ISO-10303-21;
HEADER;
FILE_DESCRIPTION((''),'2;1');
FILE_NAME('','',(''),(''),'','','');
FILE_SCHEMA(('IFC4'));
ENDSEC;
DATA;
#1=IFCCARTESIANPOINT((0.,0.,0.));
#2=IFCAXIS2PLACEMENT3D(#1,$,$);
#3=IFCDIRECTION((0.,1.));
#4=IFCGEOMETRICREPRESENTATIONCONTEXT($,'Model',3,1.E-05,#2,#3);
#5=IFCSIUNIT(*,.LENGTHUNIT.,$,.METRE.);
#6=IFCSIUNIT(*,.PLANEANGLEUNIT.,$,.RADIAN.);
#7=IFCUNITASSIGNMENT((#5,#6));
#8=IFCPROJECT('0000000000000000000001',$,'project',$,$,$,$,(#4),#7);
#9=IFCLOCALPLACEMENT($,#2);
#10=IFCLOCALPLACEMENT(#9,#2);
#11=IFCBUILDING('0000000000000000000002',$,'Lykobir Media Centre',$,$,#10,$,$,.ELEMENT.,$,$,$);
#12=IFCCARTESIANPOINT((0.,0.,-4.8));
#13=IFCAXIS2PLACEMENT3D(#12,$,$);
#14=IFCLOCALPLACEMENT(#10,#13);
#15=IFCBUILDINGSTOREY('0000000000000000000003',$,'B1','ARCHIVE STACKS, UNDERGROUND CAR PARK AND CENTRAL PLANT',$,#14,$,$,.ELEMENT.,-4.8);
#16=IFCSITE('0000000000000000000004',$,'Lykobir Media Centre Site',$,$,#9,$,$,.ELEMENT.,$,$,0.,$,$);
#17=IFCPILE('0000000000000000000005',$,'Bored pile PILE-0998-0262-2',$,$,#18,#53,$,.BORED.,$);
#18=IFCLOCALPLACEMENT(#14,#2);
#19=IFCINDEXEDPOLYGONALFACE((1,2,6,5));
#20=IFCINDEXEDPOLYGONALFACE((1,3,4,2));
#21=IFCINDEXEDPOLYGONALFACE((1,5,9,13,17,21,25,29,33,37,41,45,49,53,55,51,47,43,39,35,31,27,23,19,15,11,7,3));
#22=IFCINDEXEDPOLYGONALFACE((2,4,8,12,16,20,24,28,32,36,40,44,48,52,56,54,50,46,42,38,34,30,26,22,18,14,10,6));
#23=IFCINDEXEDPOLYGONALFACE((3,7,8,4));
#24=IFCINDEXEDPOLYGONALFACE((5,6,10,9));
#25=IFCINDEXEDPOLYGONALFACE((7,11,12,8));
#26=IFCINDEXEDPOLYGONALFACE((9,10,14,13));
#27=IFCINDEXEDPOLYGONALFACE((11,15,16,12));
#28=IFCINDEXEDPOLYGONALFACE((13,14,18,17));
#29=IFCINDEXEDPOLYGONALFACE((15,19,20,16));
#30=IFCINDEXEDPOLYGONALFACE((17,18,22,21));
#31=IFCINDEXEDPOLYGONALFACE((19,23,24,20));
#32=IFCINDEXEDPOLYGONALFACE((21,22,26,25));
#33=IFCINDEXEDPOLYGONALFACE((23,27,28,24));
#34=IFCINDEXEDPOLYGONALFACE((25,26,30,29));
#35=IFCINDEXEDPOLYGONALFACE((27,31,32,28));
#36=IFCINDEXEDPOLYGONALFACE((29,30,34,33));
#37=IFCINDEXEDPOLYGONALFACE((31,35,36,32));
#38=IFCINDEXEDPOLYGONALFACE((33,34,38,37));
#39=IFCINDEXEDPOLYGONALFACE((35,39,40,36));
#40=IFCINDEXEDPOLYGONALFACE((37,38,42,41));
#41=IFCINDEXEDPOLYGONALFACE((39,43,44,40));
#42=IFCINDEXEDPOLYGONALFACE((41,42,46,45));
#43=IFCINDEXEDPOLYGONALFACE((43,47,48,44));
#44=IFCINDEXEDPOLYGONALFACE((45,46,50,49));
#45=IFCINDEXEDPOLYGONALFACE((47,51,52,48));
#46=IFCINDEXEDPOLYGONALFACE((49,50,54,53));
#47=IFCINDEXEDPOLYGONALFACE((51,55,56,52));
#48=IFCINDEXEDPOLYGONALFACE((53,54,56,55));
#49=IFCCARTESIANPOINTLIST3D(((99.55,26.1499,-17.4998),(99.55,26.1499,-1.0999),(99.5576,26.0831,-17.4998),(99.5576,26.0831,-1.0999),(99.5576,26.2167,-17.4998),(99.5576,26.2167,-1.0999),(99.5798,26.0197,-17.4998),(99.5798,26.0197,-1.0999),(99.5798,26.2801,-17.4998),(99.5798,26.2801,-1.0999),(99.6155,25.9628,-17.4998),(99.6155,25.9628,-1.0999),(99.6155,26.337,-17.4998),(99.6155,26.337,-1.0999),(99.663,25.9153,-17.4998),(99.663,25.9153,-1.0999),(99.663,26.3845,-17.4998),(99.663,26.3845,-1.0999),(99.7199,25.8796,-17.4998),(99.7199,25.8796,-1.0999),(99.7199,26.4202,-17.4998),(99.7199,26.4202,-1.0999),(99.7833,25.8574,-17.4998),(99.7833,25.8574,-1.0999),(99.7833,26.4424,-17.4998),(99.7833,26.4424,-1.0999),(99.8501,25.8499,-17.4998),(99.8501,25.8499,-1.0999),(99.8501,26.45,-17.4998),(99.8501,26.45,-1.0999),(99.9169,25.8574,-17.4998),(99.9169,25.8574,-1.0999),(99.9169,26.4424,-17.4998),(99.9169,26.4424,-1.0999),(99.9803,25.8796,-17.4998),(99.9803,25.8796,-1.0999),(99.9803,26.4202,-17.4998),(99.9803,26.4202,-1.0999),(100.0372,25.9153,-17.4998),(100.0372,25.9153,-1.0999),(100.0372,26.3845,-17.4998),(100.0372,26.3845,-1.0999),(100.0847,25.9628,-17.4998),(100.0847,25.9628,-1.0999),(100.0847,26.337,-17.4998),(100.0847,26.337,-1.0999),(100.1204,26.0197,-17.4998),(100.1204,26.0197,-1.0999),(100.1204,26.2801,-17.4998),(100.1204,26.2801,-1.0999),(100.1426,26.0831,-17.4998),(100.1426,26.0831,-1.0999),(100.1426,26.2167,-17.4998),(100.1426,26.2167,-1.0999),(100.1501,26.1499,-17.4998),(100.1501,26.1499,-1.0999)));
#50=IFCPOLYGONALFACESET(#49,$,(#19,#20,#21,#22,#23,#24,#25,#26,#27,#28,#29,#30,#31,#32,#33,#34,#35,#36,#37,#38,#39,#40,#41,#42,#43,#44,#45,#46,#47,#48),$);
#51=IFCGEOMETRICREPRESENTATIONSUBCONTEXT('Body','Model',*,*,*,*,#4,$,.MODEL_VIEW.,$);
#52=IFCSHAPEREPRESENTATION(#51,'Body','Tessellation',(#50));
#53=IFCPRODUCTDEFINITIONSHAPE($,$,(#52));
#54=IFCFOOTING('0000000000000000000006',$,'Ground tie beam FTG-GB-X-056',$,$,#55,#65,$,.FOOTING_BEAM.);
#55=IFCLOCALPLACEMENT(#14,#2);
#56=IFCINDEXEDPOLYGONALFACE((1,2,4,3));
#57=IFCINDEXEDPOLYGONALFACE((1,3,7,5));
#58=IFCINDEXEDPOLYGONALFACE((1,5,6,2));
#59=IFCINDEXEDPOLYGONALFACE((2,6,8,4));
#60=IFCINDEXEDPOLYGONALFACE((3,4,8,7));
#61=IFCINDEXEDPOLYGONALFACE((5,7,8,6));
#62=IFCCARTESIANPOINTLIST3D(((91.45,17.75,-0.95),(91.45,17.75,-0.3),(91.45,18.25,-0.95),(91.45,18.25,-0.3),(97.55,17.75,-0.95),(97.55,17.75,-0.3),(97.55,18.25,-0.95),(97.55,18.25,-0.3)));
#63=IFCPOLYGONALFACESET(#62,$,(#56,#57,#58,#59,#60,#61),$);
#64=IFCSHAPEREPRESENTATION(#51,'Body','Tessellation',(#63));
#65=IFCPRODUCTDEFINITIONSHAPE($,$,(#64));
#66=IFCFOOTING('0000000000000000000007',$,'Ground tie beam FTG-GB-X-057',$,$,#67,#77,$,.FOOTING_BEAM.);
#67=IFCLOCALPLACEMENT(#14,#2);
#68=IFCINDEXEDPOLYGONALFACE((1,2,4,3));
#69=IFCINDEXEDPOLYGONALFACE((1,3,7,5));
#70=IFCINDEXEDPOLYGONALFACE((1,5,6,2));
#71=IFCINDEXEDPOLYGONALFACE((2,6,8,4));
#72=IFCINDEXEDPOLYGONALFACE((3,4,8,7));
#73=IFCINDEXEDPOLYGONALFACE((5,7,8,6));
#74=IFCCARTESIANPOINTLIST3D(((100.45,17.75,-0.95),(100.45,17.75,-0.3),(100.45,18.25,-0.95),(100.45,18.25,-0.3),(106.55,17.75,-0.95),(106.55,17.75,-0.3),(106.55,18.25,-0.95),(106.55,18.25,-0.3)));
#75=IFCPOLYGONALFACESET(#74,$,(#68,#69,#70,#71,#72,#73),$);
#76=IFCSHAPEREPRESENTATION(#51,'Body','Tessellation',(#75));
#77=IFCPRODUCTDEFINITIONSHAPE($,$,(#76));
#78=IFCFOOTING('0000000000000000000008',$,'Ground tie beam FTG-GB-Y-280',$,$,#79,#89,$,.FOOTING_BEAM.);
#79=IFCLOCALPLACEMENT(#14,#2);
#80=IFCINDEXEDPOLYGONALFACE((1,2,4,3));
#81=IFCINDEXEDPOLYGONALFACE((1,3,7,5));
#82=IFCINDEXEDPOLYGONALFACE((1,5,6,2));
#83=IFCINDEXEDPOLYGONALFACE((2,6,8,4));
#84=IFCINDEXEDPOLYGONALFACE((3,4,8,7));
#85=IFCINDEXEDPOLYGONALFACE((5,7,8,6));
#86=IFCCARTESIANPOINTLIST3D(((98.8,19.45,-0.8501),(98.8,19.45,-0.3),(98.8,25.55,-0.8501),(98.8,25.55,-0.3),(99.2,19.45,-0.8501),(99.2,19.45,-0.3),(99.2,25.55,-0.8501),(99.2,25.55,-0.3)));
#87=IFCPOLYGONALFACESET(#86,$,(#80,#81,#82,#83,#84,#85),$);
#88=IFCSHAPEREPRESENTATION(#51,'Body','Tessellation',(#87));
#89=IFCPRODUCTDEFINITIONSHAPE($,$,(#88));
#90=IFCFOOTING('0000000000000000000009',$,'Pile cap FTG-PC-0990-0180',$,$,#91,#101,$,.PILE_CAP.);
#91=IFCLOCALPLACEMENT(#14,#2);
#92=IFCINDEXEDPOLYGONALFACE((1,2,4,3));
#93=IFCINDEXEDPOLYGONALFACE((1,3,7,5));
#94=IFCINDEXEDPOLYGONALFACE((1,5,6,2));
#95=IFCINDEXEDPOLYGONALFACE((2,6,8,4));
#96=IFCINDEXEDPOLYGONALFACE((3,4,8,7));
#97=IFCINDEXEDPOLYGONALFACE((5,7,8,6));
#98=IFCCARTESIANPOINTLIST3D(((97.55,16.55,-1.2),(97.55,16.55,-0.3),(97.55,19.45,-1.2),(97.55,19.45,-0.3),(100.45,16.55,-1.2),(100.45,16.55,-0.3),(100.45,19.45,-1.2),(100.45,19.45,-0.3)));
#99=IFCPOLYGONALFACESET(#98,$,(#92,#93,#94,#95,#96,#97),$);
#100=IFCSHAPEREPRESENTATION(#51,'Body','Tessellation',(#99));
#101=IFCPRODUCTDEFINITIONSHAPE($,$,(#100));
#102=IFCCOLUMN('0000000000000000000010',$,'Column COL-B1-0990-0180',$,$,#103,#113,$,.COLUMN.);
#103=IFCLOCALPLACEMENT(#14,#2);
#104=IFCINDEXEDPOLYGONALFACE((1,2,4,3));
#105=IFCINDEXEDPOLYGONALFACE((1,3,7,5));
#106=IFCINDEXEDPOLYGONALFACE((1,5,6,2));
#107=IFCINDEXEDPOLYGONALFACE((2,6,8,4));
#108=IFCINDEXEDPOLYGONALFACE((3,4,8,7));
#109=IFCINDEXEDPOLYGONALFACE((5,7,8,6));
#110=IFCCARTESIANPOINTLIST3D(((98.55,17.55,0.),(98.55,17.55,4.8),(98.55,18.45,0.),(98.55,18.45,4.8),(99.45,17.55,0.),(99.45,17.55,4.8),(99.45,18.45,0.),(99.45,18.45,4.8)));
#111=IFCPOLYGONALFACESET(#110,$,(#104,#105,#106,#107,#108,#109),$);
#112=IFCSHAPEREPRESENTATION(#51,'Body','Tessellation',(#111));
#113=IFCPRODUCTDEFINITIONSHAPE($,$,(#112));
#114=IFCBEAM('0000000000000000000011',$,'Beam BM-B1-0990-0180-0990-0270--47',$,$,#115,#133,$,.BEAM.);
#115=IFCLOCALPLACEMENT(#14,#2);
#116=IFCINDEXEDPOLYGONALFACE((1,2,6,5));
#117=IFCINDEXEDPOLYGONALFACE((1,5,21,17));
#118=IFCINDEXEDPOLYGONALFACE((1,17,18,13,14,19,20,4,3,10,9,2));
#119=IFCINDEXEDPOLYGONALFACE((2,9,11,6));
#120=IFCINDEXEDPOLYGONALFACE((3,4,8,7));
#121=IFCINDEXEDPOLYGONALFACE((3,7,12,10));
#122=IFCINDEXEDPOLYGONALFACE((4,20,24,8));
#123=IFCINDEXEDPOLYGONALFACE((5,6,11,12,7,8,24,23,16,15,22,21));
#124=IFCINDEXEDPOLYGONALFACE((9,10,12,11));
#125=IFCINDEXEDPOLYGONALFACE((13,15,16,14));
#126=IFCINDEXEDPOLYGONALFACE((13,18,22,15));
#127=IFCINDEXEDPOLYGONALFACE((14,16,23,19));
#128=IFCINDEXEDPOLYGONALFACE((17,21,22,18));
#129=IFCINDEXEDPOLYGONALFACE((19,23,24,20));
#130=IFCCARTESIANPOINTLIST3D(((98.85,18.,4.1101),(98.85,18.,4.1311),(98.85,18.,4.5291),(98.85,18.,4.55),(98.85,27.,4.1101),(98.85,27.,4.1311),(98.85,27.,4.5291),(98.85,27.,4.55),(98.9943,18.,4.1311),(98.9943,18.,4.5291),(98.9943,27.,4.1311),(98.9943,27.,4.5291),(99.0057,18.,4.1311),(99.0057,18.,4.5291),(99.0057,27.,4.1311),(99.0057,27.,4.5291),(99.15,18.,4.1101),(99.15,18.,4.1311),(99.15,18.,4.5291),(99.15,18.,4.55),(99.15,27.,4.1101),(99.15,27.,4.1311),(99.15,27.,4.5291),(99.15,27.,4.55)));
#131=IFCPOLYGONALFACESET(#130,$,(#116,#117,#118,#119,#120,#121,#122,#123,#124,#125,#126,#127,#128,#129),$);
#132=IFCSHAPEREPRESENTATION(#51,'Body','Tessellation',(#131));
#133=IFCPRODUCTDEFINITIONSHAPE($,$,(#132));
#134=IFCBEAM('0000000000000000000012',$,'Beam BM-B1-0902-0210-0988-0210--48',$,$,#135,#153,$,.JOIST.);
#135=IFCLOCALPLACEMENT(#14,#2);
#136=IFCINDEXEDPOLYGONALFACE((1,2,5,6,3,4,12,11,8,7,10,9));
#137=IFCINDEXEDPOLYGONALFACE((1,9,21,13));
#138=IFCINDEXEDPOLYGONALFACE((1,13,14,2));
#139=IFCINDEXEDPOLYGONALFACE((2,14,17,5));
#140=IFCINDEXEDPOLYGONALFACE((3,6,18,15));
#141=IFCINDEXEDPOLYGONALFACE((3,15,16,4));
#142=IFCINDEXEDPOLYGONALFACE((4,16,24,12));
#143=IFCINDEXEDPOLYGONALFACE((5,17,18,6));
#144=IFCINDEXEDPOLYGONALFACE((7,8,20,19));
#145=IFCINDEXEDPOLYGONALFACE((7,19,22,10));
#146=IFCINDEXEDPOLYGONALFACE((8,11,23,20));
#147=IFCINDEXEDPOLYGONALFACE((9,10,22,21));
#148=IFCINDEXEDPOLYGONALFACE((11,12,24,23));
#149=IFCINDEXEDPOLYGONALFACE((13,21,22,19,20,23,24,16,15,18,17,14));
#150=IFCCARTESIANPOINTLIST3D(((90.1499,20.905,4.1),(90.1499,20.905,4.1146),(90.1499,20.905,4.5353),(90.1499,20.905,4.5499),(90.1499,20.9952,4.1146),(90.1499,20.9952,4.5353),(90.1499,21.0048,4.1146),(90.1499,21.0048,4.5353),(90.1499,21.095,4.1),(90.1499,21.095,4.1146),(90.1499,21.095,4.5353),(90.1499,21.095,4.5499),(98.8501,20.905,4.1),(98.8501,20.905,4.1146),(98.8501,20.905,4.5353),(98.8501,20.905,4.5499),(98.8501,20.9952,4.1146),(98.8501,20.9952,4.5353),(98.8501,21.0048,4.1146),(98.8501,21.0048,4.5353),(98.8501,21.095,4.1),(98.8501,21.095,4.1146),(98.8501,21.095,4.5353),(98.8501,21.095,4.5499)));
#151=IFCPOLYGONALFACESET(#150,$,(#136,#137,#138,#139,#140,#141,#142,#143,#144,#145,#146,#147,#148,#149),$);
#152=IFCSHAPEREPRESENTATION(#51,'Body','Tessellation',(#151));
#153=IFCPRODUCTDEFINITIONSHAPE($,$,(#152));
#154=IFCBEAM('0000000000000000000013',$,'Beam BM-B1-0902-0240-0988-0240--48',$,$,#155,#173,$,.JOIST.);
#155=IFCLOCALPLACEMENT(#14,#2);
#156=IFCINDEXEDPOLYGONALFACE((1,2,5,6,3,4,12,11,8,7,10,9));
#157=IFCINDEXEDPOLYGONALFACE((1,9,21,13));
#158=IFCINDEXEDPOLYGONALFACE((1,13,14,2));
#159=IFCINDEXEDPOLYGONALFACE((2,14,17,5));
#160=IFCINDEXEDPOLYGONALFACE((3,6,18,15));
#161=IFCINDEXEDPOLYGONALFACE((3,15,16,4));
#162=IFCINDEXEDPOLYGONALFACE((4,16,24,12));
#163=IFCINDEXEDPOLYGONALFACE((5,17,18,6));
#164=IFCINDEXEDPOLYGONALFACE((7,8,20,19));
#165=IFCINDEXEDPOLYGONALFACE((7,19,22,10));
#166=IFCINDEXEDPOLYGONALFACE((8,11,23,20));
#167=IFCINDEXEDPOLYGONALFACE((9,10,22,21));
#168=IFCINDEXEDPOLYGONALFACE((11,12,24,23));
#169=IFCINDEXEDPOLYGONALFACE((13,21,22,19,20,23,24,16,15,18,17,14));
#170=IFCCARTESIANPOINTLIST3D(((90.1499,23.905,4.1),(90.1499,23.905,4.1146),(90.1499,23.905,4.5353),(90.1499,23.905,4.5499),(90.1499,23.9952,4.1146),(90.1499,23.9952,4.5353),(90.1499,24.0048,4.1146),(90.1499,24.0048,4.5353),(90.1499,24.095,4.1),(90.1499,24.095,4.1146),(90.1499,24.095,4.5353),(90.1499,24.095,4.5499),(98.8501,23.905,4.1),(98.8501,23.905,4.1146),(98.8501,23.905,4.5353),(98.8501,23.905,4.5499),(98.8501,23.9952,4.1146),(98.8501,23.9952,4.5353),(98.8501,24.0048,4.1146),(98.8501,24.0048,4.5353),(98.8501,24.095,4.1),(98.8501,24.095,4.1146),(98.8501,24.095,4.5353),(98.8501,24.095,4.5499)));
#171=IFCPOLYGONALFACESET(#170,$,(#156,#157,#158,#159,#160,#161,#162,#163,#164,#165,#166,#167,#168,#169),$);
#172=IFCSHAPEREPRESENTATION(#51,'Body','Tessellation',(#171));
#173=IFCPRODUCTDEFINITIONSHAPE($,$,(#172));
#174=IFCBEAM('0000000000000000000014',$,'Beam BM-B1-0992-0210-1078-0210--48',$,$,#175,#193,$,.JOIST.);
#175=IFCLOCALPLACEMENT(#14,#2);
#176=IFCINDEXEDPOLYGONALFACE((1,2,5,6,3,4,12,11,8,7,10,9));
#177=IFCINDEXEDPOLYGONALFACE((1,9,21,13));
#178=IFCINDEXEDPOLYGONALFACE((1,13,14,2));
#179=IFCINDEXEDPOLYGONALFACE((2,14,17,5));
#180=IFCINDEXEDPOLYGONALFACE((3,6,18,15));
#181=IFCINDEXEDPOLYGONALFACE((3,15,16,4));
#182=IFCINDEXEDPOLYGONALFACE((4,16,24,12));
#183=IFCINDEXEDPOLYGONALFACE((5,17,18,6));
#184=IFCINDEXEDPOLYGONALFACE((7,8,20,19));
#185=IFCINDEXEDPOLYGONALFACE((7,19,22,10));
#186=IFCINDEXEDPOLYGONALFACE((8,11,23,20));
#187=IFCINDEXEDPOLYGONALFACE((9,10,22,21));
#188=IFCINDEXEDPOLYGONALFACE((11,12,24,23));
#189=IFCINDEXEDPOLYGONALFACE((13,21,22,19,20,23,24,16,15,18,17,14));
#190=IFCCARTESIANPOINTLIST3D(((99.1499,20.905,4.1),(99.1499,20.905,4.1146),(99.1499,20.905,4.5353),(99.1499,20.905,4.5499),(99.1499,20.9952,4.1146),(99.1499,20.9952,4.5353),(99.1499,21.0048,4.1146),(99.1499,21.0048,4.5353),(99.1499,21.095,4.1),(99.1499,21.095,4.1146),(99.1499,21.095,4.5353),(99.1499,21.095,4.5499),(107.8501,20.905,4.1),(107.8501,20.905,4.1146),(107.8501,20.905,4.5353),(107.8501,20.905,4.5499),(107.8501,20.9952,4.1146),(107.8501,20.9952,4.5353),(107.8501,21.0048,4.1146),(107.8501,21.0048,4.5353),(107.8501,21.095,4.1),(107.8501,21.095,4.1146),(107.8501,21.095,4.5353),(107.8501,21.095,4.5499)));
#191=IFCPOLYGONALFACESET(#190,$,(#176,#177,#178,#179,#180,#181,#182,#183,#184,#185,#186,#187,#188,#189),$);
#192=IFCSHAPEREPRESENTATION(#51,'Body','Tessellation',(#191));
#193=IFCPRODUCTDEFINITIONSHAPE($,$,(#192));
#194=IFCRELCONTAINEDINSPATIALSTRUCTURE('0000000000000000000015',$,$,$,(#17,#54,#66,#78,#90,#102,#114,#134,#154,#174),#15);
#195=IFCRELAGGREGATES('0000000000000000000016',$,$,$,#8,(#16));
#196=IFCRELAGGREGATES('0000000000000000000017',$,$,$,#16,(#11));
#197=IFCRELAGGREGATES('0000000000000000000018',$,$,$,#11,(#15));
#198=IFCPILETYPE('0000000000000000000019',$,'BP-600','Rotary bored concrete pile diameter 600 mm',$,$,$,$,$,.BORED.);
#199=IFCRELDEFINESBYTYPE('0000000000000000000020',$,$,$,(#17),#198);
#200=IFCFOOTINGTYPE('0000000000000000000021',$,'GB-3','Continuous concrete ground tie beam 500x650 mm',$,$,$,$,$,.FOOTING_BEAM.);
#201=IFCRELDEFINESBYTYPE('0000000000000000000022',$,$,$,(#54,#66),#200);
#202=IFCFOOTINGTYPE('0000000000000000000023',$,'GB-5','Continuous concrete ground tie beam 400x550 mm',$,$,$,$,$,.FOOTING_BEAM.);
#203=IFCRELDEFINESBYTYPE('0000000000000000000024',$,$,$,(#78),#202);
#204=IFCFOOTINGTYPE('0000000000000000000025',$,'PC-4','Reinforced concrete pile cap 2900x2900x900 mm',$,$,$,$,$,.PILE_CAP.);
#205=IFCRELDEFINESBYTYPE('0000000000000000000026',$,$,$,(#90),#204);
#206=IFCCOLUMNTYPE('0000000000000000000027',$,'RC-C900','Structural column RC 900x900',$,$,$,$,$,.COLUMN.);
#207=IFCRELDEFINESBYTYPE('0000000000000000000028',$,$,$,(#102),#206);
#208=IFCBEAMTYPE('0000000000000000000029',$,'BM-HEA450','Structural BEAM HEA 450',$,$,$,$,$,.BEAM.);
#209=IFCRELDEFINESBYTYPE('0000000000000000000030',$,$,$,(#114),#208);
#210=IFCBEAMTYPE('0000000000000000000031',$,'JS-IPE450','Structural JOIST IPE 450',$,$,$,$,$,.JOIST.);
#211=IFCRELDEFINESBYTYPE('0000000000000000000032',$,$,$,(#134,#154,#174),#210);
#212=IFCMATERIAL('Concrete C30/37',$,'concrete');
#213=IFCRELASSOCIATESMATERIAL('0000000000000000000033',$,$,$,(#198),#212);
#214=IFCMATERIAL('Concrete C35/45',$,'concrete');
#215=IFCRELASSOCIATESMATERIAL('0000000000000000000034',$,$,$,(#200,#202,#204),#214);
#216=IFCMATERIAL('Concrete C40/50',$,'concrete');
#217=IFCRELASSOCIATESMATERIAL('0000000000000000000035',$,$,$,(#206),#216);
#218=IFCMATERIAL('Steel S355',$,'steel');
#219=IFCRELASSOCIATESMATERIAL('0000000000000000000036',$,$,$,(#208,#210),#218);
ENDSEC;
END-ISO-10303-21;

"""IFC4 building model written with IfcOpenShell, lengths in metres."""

from ifc_helpers import new_model, si_unit, direction, frame, origin, origin_2d, place, context, subcontext, project, spatial, rectangle, circle, i_section, extrude, material, material_profile, profile_set, type_object, element, save


model = new_model("IFC4")

# Units and contexts
model_context = context("Model", 3, precision=1e-05, world=origin(), true_north=direction((0.0, 1.0)))
body_context = subcontext(model_context, "Body", "Model", "MODEL_VIEW")
ifc_project = project(units=[si_unit("LENGTHUNIT", "METRE"), si_unit("PLANEANGLEUNIT", "RADIAN")], contexts=[model_context])

# Site, building, storey
site_placement = place(None, origin())
site = spatial("IfcSite", under=ifc_project, at=site_placement, Name="Lykobir Media Centre Site", CompositionType="ELEMENT", RefElevation=0.0)
building_placement = place(site_placement, origin())
building = spatial("IfcBuilding", under=site, at=building_placement, Name="Lykobir Media Centre", CompositionType="ELEMENT")
storey_placement = place(building_placement, frame((0.0, 0.0, -4.8)))
storey = spatial("IfcBuildingStorey", under=building, at=storey_placement, Name="B1", Description="ARCHIVE STACKS, UNDERGROUND CAR PARK AND CENTRAL PLANT", CompositionType="ELEMENT", Elevation=-4.8)

# Pile
ifc_material_1 = material(Name="Concrete C30/37", Category="concrete")
ifc_material_profile_1 = material_profile(ifc_material_1, circle(Radius=0.3, at=origin_2d()), Name="BORED PILE D600")
ifc_profile_set_1 = profile_set([ifc_material_profile_1], Name="Concrete C30/37")
pile_type = type_object("IfcPileType", Name="BP-600", Description="Rotary bored concrete pile diameter 600 mm", PredefinedType="BORED", material=ifc_profile_set_1)
for number, where, z_axis, x_axis, name in (
    (1, (99.8501, 26.1499, -1.0999), (0.0, 0.0, -1.0), (1.0, 0.0, 0.0), "Bored pile PILE-0998-0262-2"),
):
    element("IfcPile", number, at=place(storey_placement, frame(where, z_axis=z_axis, x_axis=x_axis)), inside=storey, type_object=pile_type, Name=name, PredefinedType="BORED", context=body_context, shape_type="SweptSolid", body=[
        extrude(circle(Radius=0.3, at=origin_2d()), origin(), (0.0, 0.0, 1.0), 16.3999),
    ])

# Footings
ifc_material_2 = material(Name="Concrete C35/45", Category="concrete")
footing_type_1 = type_object("IfcFootingType", Name="GB-3", Description="Continuous concrete ground tie beam 500x650 mm", PredefinedType="FOOTING_BEAM", material=ifc_material_2)
for number, where, z_axis, x_axis, name in (
    (2, (94.5, 18.0, -0.95), (0.0, 0.0, 1.0), (1.0, 0.0, 0.0), "Ground tie beam FTG-GB-X-056"),
    (3, (103.5, 18.0, -0.95), (0.0, 0.0, 1.0), (1.0, 0.0, 0.0), "Ground tie beam FTG-GB-X-057"),
):
    element("IfcFooting", number, at=place(storey_placement, frame(where, z_axis=z_axis, x_axis=x_axis)), inside=storey, type_object=footing_type_1, Name=name, PredefinedType="FOOTING_BEAM", context=body_context, shape_type="SweptSolid", body=[
        extrude(rectangle(XDim=6.1001, YDim=0.5, at=origin_2d()), origin(), (0.0, 0.0, 1.0), 0.6499),
    ])
footing_type_2 = type_object("IfcFootingType", Name="GB-5", Description="Continuous concrete ground tie beam 400x550 mm", PredefinedType="FOOTING_BEAM", material=ifc_material_2)
footing_1_placement = place(storey_placement, frame((99.0, 22.5, -0.8501), z_axis=(0.0, 0.0, 1.0), x_axis=(0.0, 1.0, 0.0)))
element("IfcFooting", 4, at=footing_1_placement, inside=storey, type_object=footing_type_2, Name="Ground tie beam FTG-GB-Y-280", PredefinedType="FOOTING_BEAM", context=body_context, shape_type="SweptSolid", body=[
    extrude(rectangle(XDim=6.1001, YDim=0.3999, at=origin_2d()), origin(), (0.0, 0.0, 1.0), 0.55),
])
footing_type_3 = type_object("IfcFootingType", Name="PC-4", Description="Reinforced concrete pile cap 2900x2900x900 mm", PredefinedType="PILE_CAP", material=ifc_material_2)
footing_2_placement = place(storey_placement, frame((99.0, 18.0, -1.2), z_axis=(0.0, 0.0, 1.0), x_axis=(1.0, 0.0, 0.0)))
element("IfcFooting", 5, at=footing_2_placement, inside=storey, type_object=footing_type_3, Name="Pile cap FTG-PC-0990-0180", PredefinedType="PILE_CAP", context=body_context, shape_type="SweptSolid", body=[
    extrude(rectangle(XDim=2.8999, YDim=2.8999, at=origin_2d()), origin(), (0.0, 0.0, 1.0), 0.8999),
])

# Column
ifc_material_3 = material(Name="Concrete C40/50", Category="concrete")
ifc_material_profile_2 = material_profile(ifc_material_3, rectangle(XDim=0.8999, YDim=0.8999, at=origin_2d()), Name="RC 900x900")
ifc_profile_set_2 = profile_set([ifc_material_profile_2], Name="Concrete C40/50")
column_type = type_object("IfcColumnType", Name="RC-C900", Description="Structural column RC 900x900", PredefinedType="COLUMN", material=ifc_profile_set_2)
column_placement = place(storey_placement, frame((99.0, 18.0, 0.0), z_axis=(0.0, 0.0, 1.0), x_axis=(1.0, 0.0, 0.0)))
element("IfcColumn", 6, at=column_placement, inside=storey, type_object=column_type, Name="Column COL-B1-0990-0180", PredefinedType="COLUMN", context=body_context, shape_type="SweptSolid", body=[
    extrude(rectangle(XDim=0.8999, YDim=0.8999, at=origin_2d()), origin(), (0.0, 0.0, 1.0), 4.8),
])

# Beams
ifc_material_4 = material(Name="Steel S355", Category="steel")
ifc_material_profile_3 = material_profile(ifc_material_4, i_section(OverallWidth=0.3, OverallDepth=0.4399, WebThickness=0.0115, FlangeThickness=0.021, at=origin_2d()), Name="HEA 450")
ifc_profile_set_3 = profile_set([ifc_material_profile_3], Name="Steel S355")
beam_type_1 = type_object("IfcBeamType", Name="BM-HEA450", Description="Structural BEAM HEA 450", PredefinedType="BEAM", material=ifc_profile_set_3)
beam_1_placement = place(storey_placement, frame((99.0, 18.0, 4.3301), z_axis=(0.0, 1.0, 0.0), x_axis=(-1.0, 0.0, 0.0)))
element("IfcBeam", 7, at=beam_1_placement, inside=storey, type_object=beam_type_1, Name="Beam BM-B1-0990-0180-0990-0270--47", PredefinedType="BEAM", context=body_context, shape_type="SweptSolid", body=[
    extrude(i_section(OverallWidth=0.3, OverallDepth=0.4399, WebThickness=0.0115, FlangeThickness=0.021, at=origin_2d()), origin(), (0.0, 0.0, 1.0), 9.0),
])
ifc_material_profile_4 = material_profile(ifc_material_4, i_section(OverallWidth=0.1899, OverallDepth=0.45, WebThickness=0.0095, FlangeThickness=0.0146, at=origin_2d()), Name="IPE 450")
ifc_profile_set_4 = profile_set([ifc_material_profile_4], Name="Steel S355")
beam_type_2 = type_object("IfcBeamType", Name="JS-IPE450", Description="Structural JOIST IPE 450", PredefinedType="JOIST", material=ifc_profile_set_4)
for number, where, z_axis, x_axis, name in (
    (8, (90.1499, 21.0, 4.325), (1.0, 0.0, 0.0), (0.0, 1.0, 0.0), "Beam BM-B1-0902-0210-0988-0210--48"),
    (9, (90.1499, 24.0, 4.325), (1.0, 0.0, 0.0), (0.0, 1.0, 0.0), "Beam BM-B1-0902-0240-0988-0240--48"),
    (10, (99.1499, 21.0, 4.325), (1.0, 0.0, 0.0), (0.0, 1.0, 0.0), "Beam BM-B1-0992-0210-1078-0210--48"),
):
    element("IfcBeam", number, at=place(storey_placement, frame(where, z_axis=z_axis, x_axis=x_axis)), inside=storey, type_object=beam_type_2, Name=name, PredefinedType="JOIST", context=body_context, shape_type="SweptSolid", body=[
        extrude(i_section(OverallWidth=0.1899, OverallDepth=0.45, WebThickness=0.0095, FlangeThickness=0.0146, at=origin_2d()), origin(), (0.0, 0.0, 1.0), 8.7002),
    ])

save(model, "model.ifc")
